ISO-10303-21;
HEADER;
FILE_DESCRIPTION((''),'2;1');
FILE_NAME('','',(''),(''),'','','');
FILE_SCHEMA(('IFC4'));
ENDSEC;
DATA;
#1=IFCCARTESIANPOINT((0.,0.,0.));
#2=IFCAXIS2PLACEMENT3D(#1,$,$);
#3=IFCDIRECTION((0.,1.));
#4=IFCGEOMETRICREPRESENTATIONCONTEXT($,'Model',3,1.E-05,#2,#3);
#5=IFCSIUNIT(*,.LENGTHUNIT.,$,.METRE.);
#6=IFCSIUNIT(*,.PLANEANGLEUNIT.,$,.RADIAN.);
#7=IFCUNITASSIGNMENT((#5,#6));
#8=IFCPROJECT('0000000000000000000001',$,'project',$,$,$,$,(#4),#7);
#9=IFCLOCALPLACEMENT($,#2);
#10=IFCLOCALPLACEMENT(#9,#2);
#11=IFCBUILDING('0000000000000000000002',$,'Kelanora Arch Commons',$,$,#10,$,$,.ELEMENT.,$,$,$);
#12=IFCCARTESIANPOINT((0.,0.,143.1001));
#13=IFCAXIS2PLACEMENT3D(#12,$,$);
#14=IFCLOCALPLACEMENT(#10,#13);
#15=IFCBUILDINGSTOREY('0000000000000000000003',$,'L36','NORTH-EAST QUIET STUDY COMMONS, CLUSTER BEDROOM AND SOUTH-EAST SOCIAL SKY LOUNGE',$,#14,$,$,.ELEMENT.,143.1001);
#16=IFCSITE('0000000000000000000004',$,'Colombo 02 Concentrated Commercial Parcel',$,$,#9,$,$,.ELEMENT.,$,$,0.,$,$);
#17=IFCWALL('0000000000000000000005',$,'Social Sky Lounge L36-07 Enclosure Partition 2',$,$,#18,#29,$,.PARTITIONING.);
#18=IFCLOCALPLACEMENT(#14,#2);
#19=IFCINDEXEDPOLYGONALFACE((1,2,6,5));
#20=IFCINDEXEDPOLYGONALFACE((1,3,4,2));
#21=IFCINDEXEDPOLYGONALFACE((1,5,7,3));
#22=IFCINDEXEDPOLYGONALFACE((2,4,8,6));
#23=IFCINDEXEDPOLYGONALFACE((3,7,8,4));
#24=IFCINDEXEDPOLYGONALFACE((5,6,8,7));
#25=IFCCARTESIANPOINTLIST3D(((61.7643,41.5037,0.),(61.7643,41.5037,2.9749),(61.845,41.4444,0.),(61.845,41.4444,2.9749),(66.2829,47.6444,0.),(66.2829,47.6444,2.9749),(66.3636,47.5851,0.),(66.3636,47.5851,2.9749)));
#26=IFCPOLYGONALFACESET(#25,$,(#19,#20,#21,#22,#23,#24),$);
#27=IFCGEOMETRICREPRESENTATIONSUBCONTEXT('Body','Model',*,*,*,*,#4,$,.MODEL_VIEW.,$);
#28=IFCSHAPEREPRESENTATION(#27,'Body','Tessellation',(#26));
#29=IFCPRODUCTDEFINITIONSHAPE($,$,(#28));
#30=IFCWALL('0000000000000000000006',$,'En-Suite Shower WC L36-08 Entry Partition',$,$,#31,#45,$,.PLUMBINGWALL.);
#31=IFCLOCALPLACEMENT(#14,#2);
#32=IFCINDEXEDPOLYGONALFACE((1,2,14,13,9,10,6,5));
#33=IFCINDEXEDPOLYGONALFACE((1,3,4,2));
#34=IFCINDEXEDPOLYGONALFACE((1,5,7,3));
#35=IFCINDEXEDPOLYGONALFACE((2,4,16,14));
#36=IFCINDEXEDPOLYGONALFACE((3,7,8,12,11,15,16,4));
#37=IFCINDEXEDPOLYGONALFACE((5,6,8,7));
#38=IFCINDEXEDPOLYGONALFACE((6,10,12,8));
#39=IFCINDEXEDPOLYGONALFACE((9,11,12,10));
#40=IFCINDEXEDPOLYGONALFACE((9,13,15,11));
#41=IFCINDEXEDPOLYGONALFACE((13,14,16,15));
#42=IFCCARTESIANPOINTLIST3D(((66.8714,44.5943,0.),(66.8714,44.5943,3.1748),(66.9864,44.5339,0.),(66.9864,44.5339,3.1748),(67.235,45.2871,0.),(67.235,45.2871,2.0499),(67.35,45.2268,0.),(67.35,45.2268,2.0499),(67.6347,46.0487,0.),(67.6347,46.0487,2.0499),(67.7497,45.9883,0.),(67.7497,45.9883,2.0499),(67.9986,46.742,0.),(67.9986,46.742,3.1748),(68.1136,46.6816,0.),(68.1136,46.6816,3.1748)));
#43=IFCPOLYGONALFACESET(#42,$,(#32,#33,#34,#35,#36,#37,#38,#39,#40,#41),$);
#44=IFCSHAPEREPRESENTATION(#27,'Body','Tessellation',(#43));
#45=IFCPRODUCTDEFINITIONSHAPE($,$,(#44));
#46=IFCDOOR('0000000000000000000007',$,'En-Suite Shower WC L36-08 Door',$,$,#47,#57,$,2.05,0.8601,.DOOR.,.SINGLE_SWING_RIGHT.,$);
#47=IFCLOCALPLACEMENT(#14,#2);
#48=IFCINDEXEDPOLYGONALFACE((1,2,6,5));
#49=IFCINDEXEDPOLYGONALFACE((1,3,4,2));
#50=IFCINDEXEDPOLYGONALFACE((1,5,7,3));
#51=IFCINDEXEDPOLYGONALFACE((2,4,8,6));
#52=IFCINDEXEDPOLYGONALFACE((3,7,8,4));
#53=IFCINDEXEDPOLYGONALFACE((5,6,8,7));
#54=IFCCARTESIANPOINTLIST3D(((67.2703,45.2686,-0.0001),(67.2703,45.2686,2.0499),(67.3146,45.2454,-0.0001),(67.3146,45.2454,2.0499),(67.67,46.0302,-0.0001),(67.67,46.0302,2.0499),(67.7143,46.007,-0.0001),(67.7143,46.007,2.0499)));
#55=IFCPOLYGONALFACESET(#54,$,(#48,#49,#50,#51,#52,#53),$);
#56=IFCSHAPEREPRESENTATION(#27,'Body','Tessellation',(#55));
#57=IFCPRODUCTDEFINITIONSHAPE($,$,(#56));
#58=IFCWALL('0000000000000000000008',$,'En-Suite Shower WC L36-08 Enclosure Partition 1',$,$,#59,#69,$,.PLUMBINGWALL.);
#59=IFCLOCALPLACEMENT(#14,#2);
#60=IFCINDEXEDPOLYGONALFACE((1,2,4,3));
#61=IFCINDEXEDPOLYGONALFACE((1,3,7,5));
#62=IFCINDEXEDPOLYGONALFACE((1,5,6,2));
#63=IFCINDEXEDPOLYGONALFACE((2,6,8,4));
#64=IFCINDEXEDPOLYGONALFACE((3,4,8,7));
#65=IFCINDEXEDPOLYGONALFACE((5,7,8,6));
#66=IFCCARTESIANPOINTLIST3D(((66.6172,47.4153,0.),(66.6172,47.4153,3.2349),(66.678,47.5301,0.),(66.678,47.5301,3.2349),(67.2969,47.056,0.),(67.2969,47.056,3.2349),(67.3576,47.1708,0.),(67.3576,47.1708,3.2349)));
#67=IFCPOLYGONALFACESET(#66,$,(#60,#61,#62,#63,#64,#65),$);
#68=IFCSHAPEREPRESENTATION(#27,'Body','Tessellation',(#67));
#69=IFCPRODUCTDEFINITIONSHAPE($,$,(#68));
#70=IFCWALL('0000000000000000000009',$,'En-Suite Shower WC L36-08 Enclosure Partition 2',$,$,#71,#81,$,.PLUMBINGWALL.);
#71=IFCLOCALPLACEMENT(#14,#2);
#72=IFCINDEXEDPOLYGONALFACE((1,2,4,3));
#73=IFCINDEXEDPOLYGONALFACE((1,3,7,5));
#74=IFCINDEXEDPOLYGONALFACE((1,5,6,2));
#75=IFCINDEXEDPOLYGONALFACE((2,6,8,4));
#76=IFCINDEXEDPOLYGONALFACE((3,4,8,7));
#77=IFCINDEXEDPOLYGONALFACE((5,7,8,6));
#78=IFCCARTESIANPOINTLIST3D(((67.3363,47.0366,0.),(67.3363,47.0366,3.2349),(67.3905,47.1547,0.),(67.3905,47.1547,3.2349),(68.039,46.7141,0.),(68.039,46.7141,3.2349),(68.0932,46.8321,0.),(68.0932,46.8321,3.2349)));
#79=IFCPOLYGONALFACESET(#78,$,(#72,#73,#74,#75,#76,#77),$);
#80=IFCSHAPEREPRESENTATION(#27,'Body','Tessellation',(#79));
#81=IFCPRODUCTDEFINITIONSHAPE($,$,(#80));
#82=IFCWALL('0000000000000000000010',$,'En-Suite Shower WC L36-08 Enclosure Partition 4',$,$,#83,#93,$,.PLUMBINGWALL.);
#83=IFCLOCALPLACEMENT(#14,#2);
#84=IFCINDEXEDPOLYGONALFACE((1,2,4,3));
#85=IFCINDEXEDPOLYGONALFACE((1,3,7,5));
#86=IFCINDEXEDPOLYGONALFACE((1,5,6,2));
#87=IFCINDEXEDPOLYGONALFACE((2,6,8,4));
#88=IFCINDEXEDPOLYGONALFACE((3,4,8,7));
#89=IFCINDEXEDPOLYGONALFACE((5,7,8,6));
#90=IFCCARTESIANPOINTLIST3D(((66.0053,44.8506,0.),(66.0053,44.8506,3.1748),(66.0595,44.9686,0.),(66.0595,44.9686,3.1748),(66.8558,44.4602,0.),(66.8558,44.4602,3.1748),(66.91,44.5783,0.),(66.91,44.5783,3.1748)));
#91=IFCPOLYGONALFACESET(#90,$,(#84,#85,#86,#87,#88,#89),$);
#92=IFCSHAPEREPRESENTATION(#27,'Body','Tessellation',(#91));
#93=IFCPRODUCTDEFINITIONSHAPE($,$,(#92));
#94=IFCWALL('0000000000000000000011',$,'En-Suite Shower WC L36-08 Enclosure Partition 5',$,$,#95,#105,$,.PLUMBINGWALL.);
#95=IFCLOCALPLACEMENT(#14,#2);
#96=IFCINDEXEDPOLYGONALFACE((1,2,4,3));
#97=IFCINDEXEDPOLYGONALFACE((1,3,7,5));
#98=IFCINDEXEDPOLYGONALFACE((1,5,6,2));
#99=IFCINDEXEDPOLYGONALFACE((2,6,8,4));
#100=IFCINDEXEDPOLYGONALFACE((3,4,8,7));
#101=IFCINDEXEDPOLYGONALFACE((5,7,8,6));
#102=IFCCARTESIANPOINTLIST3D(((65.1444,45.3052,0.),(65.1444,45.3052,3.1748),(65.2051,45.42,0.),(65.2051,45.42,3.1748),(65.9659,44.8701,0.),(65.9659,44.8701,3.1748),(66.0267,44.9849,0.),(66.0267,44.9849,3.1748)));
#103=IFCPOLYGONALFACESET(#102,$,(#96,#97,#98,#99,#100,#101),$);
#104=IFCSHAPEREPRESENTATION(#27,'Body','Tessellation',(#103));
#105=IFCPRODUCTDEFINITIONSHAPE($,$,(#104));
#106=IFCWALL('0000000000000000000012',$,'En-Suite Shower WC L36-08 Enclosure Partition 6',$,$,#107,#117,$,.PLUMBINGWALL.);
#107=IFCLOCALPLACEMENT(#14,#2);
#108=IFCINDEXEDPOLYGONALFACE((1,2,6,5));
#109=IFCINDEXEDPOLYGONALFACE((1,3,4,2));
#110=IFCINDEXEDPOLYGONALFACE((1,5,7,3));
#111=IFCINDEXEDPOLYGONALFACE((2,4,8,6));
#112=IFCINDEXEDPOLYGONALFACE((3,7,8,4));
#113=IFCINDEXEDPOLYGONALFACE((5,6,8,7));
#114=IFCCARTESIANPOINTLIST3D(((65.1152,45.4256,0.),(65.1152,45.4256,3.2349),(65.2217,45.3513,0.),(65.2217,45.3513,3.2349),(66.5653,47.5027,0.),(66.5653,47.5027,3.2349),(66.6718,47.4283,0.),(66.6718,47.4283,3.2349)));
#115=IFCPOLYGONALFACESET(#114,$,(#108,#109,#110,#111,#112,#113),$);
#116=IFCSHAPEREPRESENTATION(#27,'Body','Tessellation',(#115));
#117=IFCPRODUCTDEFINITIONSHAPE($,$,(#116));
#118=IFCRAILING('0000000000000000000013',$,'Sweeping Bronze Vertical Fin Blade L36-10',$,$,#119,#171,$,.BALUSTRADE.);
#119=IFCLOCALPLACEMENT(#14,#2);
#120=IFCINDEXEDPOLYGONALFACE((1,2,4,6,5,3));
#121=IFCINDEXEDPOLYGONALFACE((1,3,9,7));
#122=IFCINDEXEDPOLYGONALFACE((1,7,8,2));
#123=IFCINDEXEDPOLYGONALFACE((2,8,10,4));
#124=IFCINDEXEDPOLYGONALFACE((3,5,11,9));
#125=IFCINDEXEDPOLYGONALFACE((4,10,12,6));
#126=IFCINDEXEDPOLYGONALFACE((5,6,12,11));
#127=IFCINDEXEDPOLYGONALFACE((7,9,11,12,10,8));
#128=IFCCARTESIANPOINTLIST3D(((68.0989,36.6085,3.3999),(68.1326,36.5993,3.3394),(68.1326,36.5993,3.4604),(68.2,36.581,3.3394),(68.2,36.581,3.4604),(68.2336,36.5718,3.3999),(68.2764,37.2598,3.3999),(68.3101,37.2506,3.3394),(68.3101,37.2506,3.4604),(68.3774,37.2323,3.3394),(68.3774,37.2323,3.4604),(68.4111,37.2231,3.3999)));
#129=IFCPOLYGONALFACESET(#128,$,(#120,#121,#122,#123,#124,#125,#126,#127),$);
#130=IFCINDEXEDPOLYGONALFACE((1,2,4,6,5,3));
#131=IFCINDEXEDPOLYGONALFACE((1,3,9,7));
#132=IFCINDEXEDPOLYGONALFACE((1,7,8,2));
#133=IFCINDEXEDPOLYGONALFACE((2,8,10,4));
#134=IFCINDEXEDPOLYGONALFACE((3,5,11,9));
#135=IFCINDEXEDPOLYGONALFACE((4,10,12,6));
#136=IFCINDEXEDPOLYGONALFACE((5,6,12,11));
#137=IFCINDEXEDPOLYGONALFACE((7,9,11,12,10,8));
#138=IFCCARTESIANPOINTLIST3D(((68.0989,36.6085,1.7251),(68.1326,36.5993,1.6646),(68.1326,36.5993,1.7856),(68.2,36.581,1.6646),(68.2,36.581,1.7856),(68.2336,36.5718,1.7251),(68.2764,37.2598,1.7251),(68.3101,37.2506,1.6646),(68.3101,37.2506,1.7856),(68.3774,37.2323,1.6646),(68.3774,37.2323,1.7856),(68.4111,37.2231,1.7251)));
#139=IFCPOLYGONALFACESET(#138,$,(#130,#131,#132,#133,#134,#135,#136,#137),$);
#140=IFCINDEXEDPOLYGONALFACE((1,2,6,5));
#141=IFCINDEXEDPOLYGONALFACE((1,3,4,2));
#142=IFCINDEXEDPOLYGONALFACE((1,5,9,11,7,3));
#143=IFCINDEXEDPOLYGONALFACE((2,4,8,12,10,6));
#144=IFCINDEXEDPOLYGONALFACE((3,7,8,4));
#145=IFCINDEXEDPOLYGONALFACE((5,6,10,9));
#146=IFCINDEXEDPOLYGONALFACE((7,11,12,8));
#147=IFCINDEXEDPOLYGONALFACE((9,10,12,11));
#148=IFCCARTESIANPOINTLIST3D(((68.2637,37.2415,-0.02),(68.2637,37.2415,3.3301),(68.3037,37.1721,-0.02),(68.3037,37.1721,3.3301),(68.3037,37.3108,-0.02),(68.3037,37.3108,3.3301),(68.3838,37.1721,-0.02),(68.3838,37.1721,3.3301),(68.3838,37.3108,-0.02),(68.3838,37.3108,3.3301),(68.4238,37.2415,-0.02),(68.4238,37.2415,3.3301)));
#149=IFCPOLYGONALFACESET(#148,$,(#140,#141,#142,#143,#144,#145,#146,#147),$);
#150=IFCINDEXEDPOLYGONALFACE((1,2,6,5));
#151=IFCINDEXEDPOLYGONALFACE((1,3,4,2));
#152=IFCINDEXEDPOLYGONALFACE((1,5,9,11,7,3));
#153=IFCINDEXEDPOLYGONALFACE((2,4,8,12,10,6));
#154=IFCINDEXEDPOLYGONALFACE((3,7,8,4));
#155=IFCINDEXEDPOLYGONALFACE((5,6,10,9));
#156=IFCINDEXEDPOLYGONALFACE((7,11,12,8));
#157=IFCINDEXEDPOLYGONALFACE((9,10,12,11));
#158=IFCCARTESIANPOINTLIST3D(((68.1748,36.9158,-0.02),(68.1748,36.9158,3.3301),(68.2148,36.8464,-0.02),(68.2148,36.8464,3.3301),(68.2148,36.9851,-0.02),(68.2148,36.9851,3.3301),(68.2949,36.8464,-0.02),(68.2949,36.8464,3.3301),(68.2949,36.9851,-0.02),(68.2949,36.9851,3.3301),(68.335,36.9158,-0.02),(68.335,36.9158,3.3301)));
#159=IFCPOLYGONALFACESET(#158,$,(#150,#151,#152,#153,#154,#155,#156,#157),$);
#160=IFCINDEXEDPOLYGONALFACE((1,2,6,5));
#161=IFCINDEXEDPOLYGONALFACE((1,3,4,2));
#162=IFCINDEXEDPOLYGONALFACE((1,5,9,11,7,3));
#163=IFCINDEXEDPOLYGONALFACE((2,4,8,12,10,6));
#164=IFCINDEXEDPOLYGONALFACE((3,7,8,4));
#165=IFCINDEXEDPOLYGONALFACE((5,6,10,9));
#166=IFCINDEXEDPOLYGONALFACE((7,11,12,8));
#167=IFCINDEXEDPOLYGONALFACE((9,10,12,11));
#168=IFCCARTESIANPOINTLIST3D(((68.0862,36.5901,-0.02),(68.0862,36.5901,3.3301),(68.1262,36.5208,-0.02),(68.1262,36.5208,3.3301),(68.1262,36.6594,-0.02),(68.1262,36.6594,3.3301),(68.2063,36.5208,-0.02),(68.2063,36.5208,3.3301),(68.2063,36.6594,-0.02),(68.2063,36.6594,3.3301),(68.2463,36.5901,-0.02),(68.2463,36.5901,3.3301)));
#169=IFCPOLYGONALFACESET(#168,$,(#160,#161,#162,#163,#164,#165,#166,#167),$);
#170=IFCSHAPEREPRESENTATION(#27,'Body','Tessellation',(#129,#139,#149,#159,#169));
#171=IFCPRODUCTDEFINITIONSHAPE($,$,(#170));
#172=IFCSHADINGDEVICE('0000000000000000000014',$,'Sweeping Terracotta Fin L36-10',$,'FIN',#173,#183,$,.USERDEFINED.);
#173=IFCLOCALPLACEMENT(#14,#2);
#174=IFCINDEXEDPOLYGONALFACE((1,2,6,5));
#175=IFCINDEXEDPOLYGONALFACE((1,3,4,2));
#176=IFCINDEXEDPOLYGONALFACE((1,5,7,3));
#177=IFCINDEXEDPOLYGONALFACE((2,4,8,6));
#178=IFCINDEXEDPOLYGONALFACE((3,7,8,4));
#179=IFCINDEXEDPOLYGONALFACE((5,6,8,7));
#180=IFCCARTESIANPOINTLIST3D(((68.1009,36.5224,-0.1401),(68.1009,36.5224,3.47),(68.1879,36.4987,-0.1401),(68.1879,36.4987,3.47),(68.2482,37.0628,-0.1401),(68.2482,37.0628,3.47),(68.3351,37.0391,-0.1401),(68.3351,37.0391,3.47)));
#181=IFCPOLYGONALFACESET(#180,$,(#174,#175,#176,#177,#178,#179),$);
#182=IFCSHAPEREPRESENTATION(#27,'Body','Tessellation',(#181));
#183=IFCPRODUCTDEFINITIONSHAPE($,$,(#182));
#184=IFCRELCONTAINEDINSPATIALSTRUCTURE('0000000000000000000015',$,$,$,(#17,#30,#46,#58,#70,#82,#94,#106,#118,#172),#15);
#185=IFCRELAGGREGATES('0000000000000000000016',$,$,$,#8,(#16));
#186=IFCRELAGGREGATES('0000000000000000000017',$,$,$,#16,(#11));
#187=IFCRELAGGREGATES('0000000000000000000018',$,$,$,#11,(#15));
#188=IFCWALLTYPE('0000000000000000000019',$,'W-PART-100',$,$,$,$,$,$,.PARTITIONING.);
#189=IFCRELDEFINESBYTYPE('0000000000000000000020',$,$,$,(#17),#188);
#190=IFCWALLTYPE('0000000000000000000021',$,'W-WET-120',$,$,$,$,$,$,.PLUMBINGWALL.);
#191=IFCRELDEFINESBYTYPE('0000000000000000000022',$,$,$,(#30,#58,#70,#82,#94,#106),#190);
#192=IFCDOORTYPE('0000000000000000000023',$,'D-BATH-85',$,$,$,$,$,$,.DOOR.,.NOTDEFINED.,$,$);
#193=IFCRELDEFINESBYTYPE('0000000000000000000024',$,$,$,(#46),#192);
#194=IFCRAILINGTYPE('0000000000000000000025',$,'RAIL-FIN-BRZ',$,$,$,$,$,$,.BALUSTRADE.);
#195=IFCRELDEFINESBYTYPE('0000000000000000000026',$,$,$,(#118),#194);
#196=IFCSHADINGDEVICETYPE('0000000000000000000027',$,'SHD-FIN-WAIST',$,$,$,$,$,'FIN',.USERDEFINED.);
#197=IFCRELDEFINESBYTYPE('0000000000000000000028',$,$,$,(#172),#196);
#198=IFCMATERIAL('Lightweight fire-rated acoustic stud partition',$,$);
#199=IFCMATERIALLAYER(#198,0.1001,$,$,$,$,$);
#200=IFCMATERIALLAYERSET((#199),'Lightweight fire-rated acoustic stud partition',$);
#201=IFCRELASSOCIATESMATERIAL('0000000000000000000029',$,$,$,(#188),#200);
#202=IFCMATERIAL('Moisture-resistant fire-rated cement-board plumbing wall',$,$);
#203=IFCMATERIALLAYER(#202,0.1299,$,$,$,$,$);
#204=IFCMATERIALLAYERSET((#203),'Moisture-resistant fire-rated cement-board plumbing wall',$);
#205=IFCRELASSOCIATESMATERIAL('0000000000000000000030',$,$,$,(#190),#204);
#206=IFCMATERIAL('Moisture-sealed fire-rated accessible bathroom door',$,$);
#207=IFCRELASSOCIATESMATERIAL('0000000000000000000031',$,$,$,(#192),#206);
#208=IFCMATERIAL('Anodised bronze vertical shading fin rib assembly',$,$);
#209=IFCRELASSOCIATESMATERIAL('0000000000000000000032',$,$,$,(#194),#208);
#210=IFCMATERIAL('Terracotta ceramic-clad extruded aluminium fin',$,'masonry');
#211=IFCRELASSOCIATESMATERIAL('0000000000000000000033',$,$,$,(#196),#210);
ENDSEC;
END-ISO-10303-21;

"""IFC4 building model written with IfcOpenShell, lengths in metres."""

from ifc_helpers import new_model, si_unit, direction, frame, frame_2d, origin, origin_2d, place, context, subcontext, project, spatial, polyline, rectangle, outline, extrude, source, transform, mapped, material, layer, layer_set, type_object, element, fill, save


model = new_model("IFC4")

# Units and contexts
model_context = context("Model", 3, precision=1e-05, world=origin(), true_north=direction((0.0, 1.0)))
body_context = subcontext(model_context, "Body", "Model", "MODEL_VIEW")
ifc_project = project(units=[si_unit("LENGTHUNIT", "METRE"), si_unit("PLANEANGLEUNIT", "RADIAN")], contexts=[model_context])

# Site, building, storey
site_placement = place(None, origin())
site = spatial("IfcSite", under=ifc_project, at=site_placement, Name="Colombo 02 Concentrated Commercial Parcel", CompositionType="ELEMENT", RefElevation=0.0)
building_placement = place(site_placement, origin())
building = spatial("IfcBuilding", under=site, at=building_placement, Name="Kelanora Arch Commons", CompositionType="ELEMENT")
storey_placement = place(building_placement, frame((0.0, 0.0, 143.1001)))
storey = spatial("IfcBuildingStorey", under=building, at=storey_placement, Name="L36", Description="NORTH-EAST QUIET STUDY COMMONS, CLUSTER BEDROOM AND SOUTH-EAST SOCIAL SKY LOUNGE", CompositionType="ELEMENT", Elevation=143.1001)

# Wall
ifc_material_1 = material(Name="Lightweight fire-rated acoustic stud partition")
ifc_layer_1 = layer(ifc_material_1, 0.1001)
ifc_layer_set_1 = layer_set([ifc_layer_1], Name="Lightweight fire-rated acoustic stud partition")
wall_type_1 = type_object("IfcWallType", Name="W-PART-100", PredefinedType="PARTITIONING", material=ifc_layer_set_1)
wall_1_placement = place(storey_placement, frame((66.3232, 47.6147, 0.0), z_axis=(0.0, 0.0, 1.0), x_axis=(-0.592679, -0.805439, 0.0)))
element("IfcWall", 1, at=wall_1_placement, inside=storey, type_object=wall_type_1, Name="Social Sky Lounge L36-07 Enclosure Partition 2", PredefinedType="PARTITIONING", context=body_context, shape_type="SweptSolid", body=[
    extrude(rectangle(XDim=7.624, YDim=0.1001, at=frame_2d((3.812, 0.0))), origin(), (0.0, 0.0, 1.0), 2.9749),
])

# Wall, opening, door
ifc_material_2 = material(Name="Moisture-resistant fire-rated cement-board plumbing wall")
ifc_layer_2 = layer(ifc_material_2, 0.1299)
ifc_layer_set_2 = layer_set([ifc_layer_2], Name="Moisture-resistant fire-rated cement-board plumbing wall")
wall_type_2 = type_object("IfcWallType", Name="W-WET-120", PredefinedType="PLUMBINGWALL", material=ifc_layer_set_2)
wall_2_placement = place(storey_placement, frame((68.0562, 46.7119, 0.0), z_axis=(0.0, 0.0, 1.0), x_axis=(-0.464721, -0.885457, 0.0)))
wall_2 = element("IfcWall", 2, at=wall_2_placement, inside=storey, type_object=wall_type_2, Name="En-Suite Shower WC L36-08 Entry Partition", PredefinedType="PLUMBINGWALL", context=body_context, shape_type="SweptSolid", body=[
    extrude(rectangle(XDim=2.4255, YDim=0.1299, at=frame_2d((1.2129, 0.0))), origin(), (0.0, 0.0, 1.0), 3.1748),
])
opening_1_placement = place(wall_2_placement, frame((0.783, 0.0, 0.0)))
opening_1 = element("IfcOpeningElement", 3, at=opening_1_placement, cuts=wall_2, PredefinedType="OPENING", context=body_context, shape_type="SweptSolid", body=[
    extrude(rectangle(XDim=0.8601, YDim=2.05, at=frame_2d((0.4302, 1.0249))), frame((0.0, 0.075, 0.0), z_axis=(0.0, -1.0, 0.0), x_axis=(1.0, 0.0, 0.0)), (0.0, 0.0, 1.0), 0.1499),
])
ifc_material_3 = material(Name="Moisture-sealed fire-rated accessible bathroom door")
door_type_1 = type_object("IfcDoorType", Name="D-BATH-85", OperationType="NOTDEFINED", PredefinedType="DOOR", material=ifc_material_3)
door_1_placement = place(opening_1_placement, origin())
door_1 = element("IfcDoor", 4, at=door_1_placement, inside=storey, type_object=door_type_1, Name="En-Suite Shower WC L36-08 Door", OperationType="SINGLE_SWING_RIGHT", OverallHeight=2.05, OverallWidth=0.8601, PredefinedType="DOOR", context=body_context, shape_type="SweptSolid", body=[
    extrude(rectangle(XDim=0.8601, YDim=2.05, at=frame_2d((0.4302, 1.0249))), frame((0.0, 0.0249, 0.0), z_axis=(0.0, -1.0, 0.0), x_axis=(1.0, 0.0, 0.0)), (0.0, 0.0, 1.0), 0.05),
])
fill(opening_1, door_1)

# Walls
wall_3_placement = place(storey_placement, frame((66.6477, 47.4727, 0.0), z_axis=(0.0, 0.0, 1.0), x_axis=(0.884035, -0.467421, 0.0)))
element("IfcWall", 5, at=wall_3_placement, inside=storey, type_object=wall_type_2, Name="En-Suite Shower WC L36-08 Enclosure Partition 1", PredefinedType="PLUMBINGWALL", context=body_context, shape_type="SweptSolid", body=[
    extrude(rectangle(XDim=0.7688, YDim=0.1299, at=frame_2d((0.3843, 0.0))), origin(), (0.0, 0.0, 1.0), 3.2349),
])
wall_4_placement = place(storey_placement, frame((67.3633, 47.0957, 0.0), z_axis=(0.0, 0.0, 1.0), x_axis=(0.908835, -0.417155, 0.0)))
element("IfcWall", 6, at=wall_4_placement, inside=storey, type_object=wall_type_2, Name="En-Suite Shower WC L36-08 Enclosure Partition 2", PredefinedType="PLUMBINGWALL", context=body_context, shape_type="SweptSolid", body=[
    extrude(rectangle(XDim=0.7732, YDim=0.1299, at=frame_2d((0.3867, 0.0))), origin(), (0.0, 0.0, 1.0), 3.2349),
])
wall_5_placement = place(storey_placement, frame((66.8828, 44.5193, 0.0), z_axis=(0.0, 0.0, 1.0), x_axis=(-0.908851, 0.417122, 0.0)))
element("IfcWall", 7, at=wall_5_placement, inside=storey, type_object=wall_type_2, Name="En-Suite Shower WC L36-08 Enclosure Partition 4", PredefinedType="PLUMBINGWALL", context=body_context, shape_type="SweptSolid", body=[
    extrude(rectangle(XDim=0.9358, YDim=0.1299, at=frame_2d((0.4678, 0.0))), origin(), (0.0, 0.0, 1.0), 3.1748),
])
wall_6_placement = place(storey_placement, frame((65.9963, 44.9275, 0.0), z_axis=(0.0, 0.0, 1.0), x_axis=(-0.88373, 0.467996, 0.0)))
element("IfcWall", 8, at=wall_6_placement, inside=storey, type_object=wall_type_2, Name="En-Suite Shower WC L36-08 Enclosure Partition 5", PredefinedType="PLUMBINGWALL", context=body_context, shape_type="SweptSolid", body=[
    extrude(rectangle(XDim=0.9297, YDim=0.1299, at=frame_2d((0.4648, 0.0))), origin(), (0.0, 0.0, 1.0), 3.1748),
])
wall_7_placement = place(storey_placement, frame((65.1685, 45.3884, 0.0), z_axis=(0.0, 0.0, 1.0), x_axis=(0.572453, 0.819938, 0.0)))
element("IfcWall", 9, at=wall_7_placement, inside=storey, type_object=wall_type_2, Name="En-Suite Shower WC L36-08 Enclosure Partition 6", PredefinedType="PLUMBINGWALL", context=body_context, shape_type="SweptSolid", body=[
    extrude(rectangle(XDim=2.5332, YDim=0.1299, at=frame_2d((1.2666, 0.0))), origin(), (0.0, 0.0, 1.0), 3.2349),
])

# Railing
ifc_material_4 = material(Name="Anodised bronze vertical shading fin rib assembly")
railing_type = type_object("IfcRailingType", Name="RAIL-FIN-BRZ", PredefinedType="BALUSTRADE", material=ifc_material_4)
railing_placement = place(storey_placement, frame((68.3438, 37.2415, -0.02)))
element("IfcRailing", 10, at=railing_placement, inside=storey, type_object=railing_type, Name="Sweeping Bronze Vertical Fin Blade L36-10", PredefinedType="BALUSTRADE", context=body_context, shape_type="SweptSolid", body=[
    extrude(outline(polyline([(0.0698, 0.0), (0.0349, 0.0605), (-0.0349, 0.0605), (-0.0698, 0.0), (-0.0349, -0.0605), (0.0349, -0.0605), (0.0698, 0.0)])), frame((0.0, 0.0, 3.4199), z_axis=(-0.262903, -0.964822, 0.0), x_axis=(0.964822, -0.262903, 0.0)), (0.0, 0.0, 1.0), 0.675),
    extrude(outline(polyline([(0.0698, 0.0), (0.0349, 0.0605), (-0.0349, 0.0605), (-0.0698, 0.0), (-0.0349, -0.0605), (0.0349, -0.0605), (0.0698, 0.0)])), frame((0.0, 0.0, 1.7451), z_axis=(-0.262903, -0.964822, 0.0), x_axis=(0.964822, -0.262903, 0.0)), (0.0, 0.0, 1.0), 0.675),
    extrude(outline(polyline([(0.0801, 0.0), (0.04, 0.0693), (-0.04, 0.0693), (-0.0801, 0.0), (-0.04, -0.0693), (0.04, -0.0693), (0.0801, 0.0)])), origin(), (0.0, 0.0, 1.0), 3.3501),
    extrude(outline(polyline([(0.0801, 0.0), (0.04, 0.0693), (-0.04, 0.0693), (-0.0801, 0.0), (-0.04, -0.0693), (0.04, -0.0693), (0.0801, 0.0)])), frame((-0.0889, -0.3257, 0.0)), (0.0, 0.0, 1.0), 3.3501),
    extrude(outline(polyline([(0.0801, 0.0), (0.04, 0.0693), (-0.04, 0.0693), (-0.0801, 0.0), (-0.04, -0.0693), (0.04, -0.0693), (0.0801, 0.0)])), frame((-0.1775, -0.6514, 0.0)), (0.0, 0.0, 1.0), 3.3501),
])

# Shading device
ifc_material_5 = material(Name="Terracotta ceramic-clad extruded aluminium fin", Category="masonry")
shading_device_type = type_object("IfcShadingDeviceType", Name="SHD-FIN-WAIST", ElementType="FIN", PredefinedType="USERDEFINED", material=ifc_material_5)
shared_shape_1 = source(origin(), body_context, "Body", "SweptSolid", [
    extrude(rectangle(XDim=0.5601, YDim=0.0901, at=origin_2d()), origin(), (0.0, 0.0, 1.0), 3.6101),
])
shading_device_placement = place(storey_placement, frame((68.218, 36.7808, -0.1401), z_axis=(0.0, 0.0, 1.0), x_axis=(-0.262863, -0.964833, 0.0)))
element("IfcShadingDevice", 11, at=shading_device_placement, inside=storey, type_object=shading_device_type, Name="Sweeping Terracotta Fin L36-10", ObjectType="FIN", PredefinedType="USERDEFINED", context=body_context, shape_type="MappedRepresentation", body=[
    mapped(shared_shape_1, transform((0.0, 0.0, 0.0), scale=1.0)),
])

save(model, "model.ifc")
